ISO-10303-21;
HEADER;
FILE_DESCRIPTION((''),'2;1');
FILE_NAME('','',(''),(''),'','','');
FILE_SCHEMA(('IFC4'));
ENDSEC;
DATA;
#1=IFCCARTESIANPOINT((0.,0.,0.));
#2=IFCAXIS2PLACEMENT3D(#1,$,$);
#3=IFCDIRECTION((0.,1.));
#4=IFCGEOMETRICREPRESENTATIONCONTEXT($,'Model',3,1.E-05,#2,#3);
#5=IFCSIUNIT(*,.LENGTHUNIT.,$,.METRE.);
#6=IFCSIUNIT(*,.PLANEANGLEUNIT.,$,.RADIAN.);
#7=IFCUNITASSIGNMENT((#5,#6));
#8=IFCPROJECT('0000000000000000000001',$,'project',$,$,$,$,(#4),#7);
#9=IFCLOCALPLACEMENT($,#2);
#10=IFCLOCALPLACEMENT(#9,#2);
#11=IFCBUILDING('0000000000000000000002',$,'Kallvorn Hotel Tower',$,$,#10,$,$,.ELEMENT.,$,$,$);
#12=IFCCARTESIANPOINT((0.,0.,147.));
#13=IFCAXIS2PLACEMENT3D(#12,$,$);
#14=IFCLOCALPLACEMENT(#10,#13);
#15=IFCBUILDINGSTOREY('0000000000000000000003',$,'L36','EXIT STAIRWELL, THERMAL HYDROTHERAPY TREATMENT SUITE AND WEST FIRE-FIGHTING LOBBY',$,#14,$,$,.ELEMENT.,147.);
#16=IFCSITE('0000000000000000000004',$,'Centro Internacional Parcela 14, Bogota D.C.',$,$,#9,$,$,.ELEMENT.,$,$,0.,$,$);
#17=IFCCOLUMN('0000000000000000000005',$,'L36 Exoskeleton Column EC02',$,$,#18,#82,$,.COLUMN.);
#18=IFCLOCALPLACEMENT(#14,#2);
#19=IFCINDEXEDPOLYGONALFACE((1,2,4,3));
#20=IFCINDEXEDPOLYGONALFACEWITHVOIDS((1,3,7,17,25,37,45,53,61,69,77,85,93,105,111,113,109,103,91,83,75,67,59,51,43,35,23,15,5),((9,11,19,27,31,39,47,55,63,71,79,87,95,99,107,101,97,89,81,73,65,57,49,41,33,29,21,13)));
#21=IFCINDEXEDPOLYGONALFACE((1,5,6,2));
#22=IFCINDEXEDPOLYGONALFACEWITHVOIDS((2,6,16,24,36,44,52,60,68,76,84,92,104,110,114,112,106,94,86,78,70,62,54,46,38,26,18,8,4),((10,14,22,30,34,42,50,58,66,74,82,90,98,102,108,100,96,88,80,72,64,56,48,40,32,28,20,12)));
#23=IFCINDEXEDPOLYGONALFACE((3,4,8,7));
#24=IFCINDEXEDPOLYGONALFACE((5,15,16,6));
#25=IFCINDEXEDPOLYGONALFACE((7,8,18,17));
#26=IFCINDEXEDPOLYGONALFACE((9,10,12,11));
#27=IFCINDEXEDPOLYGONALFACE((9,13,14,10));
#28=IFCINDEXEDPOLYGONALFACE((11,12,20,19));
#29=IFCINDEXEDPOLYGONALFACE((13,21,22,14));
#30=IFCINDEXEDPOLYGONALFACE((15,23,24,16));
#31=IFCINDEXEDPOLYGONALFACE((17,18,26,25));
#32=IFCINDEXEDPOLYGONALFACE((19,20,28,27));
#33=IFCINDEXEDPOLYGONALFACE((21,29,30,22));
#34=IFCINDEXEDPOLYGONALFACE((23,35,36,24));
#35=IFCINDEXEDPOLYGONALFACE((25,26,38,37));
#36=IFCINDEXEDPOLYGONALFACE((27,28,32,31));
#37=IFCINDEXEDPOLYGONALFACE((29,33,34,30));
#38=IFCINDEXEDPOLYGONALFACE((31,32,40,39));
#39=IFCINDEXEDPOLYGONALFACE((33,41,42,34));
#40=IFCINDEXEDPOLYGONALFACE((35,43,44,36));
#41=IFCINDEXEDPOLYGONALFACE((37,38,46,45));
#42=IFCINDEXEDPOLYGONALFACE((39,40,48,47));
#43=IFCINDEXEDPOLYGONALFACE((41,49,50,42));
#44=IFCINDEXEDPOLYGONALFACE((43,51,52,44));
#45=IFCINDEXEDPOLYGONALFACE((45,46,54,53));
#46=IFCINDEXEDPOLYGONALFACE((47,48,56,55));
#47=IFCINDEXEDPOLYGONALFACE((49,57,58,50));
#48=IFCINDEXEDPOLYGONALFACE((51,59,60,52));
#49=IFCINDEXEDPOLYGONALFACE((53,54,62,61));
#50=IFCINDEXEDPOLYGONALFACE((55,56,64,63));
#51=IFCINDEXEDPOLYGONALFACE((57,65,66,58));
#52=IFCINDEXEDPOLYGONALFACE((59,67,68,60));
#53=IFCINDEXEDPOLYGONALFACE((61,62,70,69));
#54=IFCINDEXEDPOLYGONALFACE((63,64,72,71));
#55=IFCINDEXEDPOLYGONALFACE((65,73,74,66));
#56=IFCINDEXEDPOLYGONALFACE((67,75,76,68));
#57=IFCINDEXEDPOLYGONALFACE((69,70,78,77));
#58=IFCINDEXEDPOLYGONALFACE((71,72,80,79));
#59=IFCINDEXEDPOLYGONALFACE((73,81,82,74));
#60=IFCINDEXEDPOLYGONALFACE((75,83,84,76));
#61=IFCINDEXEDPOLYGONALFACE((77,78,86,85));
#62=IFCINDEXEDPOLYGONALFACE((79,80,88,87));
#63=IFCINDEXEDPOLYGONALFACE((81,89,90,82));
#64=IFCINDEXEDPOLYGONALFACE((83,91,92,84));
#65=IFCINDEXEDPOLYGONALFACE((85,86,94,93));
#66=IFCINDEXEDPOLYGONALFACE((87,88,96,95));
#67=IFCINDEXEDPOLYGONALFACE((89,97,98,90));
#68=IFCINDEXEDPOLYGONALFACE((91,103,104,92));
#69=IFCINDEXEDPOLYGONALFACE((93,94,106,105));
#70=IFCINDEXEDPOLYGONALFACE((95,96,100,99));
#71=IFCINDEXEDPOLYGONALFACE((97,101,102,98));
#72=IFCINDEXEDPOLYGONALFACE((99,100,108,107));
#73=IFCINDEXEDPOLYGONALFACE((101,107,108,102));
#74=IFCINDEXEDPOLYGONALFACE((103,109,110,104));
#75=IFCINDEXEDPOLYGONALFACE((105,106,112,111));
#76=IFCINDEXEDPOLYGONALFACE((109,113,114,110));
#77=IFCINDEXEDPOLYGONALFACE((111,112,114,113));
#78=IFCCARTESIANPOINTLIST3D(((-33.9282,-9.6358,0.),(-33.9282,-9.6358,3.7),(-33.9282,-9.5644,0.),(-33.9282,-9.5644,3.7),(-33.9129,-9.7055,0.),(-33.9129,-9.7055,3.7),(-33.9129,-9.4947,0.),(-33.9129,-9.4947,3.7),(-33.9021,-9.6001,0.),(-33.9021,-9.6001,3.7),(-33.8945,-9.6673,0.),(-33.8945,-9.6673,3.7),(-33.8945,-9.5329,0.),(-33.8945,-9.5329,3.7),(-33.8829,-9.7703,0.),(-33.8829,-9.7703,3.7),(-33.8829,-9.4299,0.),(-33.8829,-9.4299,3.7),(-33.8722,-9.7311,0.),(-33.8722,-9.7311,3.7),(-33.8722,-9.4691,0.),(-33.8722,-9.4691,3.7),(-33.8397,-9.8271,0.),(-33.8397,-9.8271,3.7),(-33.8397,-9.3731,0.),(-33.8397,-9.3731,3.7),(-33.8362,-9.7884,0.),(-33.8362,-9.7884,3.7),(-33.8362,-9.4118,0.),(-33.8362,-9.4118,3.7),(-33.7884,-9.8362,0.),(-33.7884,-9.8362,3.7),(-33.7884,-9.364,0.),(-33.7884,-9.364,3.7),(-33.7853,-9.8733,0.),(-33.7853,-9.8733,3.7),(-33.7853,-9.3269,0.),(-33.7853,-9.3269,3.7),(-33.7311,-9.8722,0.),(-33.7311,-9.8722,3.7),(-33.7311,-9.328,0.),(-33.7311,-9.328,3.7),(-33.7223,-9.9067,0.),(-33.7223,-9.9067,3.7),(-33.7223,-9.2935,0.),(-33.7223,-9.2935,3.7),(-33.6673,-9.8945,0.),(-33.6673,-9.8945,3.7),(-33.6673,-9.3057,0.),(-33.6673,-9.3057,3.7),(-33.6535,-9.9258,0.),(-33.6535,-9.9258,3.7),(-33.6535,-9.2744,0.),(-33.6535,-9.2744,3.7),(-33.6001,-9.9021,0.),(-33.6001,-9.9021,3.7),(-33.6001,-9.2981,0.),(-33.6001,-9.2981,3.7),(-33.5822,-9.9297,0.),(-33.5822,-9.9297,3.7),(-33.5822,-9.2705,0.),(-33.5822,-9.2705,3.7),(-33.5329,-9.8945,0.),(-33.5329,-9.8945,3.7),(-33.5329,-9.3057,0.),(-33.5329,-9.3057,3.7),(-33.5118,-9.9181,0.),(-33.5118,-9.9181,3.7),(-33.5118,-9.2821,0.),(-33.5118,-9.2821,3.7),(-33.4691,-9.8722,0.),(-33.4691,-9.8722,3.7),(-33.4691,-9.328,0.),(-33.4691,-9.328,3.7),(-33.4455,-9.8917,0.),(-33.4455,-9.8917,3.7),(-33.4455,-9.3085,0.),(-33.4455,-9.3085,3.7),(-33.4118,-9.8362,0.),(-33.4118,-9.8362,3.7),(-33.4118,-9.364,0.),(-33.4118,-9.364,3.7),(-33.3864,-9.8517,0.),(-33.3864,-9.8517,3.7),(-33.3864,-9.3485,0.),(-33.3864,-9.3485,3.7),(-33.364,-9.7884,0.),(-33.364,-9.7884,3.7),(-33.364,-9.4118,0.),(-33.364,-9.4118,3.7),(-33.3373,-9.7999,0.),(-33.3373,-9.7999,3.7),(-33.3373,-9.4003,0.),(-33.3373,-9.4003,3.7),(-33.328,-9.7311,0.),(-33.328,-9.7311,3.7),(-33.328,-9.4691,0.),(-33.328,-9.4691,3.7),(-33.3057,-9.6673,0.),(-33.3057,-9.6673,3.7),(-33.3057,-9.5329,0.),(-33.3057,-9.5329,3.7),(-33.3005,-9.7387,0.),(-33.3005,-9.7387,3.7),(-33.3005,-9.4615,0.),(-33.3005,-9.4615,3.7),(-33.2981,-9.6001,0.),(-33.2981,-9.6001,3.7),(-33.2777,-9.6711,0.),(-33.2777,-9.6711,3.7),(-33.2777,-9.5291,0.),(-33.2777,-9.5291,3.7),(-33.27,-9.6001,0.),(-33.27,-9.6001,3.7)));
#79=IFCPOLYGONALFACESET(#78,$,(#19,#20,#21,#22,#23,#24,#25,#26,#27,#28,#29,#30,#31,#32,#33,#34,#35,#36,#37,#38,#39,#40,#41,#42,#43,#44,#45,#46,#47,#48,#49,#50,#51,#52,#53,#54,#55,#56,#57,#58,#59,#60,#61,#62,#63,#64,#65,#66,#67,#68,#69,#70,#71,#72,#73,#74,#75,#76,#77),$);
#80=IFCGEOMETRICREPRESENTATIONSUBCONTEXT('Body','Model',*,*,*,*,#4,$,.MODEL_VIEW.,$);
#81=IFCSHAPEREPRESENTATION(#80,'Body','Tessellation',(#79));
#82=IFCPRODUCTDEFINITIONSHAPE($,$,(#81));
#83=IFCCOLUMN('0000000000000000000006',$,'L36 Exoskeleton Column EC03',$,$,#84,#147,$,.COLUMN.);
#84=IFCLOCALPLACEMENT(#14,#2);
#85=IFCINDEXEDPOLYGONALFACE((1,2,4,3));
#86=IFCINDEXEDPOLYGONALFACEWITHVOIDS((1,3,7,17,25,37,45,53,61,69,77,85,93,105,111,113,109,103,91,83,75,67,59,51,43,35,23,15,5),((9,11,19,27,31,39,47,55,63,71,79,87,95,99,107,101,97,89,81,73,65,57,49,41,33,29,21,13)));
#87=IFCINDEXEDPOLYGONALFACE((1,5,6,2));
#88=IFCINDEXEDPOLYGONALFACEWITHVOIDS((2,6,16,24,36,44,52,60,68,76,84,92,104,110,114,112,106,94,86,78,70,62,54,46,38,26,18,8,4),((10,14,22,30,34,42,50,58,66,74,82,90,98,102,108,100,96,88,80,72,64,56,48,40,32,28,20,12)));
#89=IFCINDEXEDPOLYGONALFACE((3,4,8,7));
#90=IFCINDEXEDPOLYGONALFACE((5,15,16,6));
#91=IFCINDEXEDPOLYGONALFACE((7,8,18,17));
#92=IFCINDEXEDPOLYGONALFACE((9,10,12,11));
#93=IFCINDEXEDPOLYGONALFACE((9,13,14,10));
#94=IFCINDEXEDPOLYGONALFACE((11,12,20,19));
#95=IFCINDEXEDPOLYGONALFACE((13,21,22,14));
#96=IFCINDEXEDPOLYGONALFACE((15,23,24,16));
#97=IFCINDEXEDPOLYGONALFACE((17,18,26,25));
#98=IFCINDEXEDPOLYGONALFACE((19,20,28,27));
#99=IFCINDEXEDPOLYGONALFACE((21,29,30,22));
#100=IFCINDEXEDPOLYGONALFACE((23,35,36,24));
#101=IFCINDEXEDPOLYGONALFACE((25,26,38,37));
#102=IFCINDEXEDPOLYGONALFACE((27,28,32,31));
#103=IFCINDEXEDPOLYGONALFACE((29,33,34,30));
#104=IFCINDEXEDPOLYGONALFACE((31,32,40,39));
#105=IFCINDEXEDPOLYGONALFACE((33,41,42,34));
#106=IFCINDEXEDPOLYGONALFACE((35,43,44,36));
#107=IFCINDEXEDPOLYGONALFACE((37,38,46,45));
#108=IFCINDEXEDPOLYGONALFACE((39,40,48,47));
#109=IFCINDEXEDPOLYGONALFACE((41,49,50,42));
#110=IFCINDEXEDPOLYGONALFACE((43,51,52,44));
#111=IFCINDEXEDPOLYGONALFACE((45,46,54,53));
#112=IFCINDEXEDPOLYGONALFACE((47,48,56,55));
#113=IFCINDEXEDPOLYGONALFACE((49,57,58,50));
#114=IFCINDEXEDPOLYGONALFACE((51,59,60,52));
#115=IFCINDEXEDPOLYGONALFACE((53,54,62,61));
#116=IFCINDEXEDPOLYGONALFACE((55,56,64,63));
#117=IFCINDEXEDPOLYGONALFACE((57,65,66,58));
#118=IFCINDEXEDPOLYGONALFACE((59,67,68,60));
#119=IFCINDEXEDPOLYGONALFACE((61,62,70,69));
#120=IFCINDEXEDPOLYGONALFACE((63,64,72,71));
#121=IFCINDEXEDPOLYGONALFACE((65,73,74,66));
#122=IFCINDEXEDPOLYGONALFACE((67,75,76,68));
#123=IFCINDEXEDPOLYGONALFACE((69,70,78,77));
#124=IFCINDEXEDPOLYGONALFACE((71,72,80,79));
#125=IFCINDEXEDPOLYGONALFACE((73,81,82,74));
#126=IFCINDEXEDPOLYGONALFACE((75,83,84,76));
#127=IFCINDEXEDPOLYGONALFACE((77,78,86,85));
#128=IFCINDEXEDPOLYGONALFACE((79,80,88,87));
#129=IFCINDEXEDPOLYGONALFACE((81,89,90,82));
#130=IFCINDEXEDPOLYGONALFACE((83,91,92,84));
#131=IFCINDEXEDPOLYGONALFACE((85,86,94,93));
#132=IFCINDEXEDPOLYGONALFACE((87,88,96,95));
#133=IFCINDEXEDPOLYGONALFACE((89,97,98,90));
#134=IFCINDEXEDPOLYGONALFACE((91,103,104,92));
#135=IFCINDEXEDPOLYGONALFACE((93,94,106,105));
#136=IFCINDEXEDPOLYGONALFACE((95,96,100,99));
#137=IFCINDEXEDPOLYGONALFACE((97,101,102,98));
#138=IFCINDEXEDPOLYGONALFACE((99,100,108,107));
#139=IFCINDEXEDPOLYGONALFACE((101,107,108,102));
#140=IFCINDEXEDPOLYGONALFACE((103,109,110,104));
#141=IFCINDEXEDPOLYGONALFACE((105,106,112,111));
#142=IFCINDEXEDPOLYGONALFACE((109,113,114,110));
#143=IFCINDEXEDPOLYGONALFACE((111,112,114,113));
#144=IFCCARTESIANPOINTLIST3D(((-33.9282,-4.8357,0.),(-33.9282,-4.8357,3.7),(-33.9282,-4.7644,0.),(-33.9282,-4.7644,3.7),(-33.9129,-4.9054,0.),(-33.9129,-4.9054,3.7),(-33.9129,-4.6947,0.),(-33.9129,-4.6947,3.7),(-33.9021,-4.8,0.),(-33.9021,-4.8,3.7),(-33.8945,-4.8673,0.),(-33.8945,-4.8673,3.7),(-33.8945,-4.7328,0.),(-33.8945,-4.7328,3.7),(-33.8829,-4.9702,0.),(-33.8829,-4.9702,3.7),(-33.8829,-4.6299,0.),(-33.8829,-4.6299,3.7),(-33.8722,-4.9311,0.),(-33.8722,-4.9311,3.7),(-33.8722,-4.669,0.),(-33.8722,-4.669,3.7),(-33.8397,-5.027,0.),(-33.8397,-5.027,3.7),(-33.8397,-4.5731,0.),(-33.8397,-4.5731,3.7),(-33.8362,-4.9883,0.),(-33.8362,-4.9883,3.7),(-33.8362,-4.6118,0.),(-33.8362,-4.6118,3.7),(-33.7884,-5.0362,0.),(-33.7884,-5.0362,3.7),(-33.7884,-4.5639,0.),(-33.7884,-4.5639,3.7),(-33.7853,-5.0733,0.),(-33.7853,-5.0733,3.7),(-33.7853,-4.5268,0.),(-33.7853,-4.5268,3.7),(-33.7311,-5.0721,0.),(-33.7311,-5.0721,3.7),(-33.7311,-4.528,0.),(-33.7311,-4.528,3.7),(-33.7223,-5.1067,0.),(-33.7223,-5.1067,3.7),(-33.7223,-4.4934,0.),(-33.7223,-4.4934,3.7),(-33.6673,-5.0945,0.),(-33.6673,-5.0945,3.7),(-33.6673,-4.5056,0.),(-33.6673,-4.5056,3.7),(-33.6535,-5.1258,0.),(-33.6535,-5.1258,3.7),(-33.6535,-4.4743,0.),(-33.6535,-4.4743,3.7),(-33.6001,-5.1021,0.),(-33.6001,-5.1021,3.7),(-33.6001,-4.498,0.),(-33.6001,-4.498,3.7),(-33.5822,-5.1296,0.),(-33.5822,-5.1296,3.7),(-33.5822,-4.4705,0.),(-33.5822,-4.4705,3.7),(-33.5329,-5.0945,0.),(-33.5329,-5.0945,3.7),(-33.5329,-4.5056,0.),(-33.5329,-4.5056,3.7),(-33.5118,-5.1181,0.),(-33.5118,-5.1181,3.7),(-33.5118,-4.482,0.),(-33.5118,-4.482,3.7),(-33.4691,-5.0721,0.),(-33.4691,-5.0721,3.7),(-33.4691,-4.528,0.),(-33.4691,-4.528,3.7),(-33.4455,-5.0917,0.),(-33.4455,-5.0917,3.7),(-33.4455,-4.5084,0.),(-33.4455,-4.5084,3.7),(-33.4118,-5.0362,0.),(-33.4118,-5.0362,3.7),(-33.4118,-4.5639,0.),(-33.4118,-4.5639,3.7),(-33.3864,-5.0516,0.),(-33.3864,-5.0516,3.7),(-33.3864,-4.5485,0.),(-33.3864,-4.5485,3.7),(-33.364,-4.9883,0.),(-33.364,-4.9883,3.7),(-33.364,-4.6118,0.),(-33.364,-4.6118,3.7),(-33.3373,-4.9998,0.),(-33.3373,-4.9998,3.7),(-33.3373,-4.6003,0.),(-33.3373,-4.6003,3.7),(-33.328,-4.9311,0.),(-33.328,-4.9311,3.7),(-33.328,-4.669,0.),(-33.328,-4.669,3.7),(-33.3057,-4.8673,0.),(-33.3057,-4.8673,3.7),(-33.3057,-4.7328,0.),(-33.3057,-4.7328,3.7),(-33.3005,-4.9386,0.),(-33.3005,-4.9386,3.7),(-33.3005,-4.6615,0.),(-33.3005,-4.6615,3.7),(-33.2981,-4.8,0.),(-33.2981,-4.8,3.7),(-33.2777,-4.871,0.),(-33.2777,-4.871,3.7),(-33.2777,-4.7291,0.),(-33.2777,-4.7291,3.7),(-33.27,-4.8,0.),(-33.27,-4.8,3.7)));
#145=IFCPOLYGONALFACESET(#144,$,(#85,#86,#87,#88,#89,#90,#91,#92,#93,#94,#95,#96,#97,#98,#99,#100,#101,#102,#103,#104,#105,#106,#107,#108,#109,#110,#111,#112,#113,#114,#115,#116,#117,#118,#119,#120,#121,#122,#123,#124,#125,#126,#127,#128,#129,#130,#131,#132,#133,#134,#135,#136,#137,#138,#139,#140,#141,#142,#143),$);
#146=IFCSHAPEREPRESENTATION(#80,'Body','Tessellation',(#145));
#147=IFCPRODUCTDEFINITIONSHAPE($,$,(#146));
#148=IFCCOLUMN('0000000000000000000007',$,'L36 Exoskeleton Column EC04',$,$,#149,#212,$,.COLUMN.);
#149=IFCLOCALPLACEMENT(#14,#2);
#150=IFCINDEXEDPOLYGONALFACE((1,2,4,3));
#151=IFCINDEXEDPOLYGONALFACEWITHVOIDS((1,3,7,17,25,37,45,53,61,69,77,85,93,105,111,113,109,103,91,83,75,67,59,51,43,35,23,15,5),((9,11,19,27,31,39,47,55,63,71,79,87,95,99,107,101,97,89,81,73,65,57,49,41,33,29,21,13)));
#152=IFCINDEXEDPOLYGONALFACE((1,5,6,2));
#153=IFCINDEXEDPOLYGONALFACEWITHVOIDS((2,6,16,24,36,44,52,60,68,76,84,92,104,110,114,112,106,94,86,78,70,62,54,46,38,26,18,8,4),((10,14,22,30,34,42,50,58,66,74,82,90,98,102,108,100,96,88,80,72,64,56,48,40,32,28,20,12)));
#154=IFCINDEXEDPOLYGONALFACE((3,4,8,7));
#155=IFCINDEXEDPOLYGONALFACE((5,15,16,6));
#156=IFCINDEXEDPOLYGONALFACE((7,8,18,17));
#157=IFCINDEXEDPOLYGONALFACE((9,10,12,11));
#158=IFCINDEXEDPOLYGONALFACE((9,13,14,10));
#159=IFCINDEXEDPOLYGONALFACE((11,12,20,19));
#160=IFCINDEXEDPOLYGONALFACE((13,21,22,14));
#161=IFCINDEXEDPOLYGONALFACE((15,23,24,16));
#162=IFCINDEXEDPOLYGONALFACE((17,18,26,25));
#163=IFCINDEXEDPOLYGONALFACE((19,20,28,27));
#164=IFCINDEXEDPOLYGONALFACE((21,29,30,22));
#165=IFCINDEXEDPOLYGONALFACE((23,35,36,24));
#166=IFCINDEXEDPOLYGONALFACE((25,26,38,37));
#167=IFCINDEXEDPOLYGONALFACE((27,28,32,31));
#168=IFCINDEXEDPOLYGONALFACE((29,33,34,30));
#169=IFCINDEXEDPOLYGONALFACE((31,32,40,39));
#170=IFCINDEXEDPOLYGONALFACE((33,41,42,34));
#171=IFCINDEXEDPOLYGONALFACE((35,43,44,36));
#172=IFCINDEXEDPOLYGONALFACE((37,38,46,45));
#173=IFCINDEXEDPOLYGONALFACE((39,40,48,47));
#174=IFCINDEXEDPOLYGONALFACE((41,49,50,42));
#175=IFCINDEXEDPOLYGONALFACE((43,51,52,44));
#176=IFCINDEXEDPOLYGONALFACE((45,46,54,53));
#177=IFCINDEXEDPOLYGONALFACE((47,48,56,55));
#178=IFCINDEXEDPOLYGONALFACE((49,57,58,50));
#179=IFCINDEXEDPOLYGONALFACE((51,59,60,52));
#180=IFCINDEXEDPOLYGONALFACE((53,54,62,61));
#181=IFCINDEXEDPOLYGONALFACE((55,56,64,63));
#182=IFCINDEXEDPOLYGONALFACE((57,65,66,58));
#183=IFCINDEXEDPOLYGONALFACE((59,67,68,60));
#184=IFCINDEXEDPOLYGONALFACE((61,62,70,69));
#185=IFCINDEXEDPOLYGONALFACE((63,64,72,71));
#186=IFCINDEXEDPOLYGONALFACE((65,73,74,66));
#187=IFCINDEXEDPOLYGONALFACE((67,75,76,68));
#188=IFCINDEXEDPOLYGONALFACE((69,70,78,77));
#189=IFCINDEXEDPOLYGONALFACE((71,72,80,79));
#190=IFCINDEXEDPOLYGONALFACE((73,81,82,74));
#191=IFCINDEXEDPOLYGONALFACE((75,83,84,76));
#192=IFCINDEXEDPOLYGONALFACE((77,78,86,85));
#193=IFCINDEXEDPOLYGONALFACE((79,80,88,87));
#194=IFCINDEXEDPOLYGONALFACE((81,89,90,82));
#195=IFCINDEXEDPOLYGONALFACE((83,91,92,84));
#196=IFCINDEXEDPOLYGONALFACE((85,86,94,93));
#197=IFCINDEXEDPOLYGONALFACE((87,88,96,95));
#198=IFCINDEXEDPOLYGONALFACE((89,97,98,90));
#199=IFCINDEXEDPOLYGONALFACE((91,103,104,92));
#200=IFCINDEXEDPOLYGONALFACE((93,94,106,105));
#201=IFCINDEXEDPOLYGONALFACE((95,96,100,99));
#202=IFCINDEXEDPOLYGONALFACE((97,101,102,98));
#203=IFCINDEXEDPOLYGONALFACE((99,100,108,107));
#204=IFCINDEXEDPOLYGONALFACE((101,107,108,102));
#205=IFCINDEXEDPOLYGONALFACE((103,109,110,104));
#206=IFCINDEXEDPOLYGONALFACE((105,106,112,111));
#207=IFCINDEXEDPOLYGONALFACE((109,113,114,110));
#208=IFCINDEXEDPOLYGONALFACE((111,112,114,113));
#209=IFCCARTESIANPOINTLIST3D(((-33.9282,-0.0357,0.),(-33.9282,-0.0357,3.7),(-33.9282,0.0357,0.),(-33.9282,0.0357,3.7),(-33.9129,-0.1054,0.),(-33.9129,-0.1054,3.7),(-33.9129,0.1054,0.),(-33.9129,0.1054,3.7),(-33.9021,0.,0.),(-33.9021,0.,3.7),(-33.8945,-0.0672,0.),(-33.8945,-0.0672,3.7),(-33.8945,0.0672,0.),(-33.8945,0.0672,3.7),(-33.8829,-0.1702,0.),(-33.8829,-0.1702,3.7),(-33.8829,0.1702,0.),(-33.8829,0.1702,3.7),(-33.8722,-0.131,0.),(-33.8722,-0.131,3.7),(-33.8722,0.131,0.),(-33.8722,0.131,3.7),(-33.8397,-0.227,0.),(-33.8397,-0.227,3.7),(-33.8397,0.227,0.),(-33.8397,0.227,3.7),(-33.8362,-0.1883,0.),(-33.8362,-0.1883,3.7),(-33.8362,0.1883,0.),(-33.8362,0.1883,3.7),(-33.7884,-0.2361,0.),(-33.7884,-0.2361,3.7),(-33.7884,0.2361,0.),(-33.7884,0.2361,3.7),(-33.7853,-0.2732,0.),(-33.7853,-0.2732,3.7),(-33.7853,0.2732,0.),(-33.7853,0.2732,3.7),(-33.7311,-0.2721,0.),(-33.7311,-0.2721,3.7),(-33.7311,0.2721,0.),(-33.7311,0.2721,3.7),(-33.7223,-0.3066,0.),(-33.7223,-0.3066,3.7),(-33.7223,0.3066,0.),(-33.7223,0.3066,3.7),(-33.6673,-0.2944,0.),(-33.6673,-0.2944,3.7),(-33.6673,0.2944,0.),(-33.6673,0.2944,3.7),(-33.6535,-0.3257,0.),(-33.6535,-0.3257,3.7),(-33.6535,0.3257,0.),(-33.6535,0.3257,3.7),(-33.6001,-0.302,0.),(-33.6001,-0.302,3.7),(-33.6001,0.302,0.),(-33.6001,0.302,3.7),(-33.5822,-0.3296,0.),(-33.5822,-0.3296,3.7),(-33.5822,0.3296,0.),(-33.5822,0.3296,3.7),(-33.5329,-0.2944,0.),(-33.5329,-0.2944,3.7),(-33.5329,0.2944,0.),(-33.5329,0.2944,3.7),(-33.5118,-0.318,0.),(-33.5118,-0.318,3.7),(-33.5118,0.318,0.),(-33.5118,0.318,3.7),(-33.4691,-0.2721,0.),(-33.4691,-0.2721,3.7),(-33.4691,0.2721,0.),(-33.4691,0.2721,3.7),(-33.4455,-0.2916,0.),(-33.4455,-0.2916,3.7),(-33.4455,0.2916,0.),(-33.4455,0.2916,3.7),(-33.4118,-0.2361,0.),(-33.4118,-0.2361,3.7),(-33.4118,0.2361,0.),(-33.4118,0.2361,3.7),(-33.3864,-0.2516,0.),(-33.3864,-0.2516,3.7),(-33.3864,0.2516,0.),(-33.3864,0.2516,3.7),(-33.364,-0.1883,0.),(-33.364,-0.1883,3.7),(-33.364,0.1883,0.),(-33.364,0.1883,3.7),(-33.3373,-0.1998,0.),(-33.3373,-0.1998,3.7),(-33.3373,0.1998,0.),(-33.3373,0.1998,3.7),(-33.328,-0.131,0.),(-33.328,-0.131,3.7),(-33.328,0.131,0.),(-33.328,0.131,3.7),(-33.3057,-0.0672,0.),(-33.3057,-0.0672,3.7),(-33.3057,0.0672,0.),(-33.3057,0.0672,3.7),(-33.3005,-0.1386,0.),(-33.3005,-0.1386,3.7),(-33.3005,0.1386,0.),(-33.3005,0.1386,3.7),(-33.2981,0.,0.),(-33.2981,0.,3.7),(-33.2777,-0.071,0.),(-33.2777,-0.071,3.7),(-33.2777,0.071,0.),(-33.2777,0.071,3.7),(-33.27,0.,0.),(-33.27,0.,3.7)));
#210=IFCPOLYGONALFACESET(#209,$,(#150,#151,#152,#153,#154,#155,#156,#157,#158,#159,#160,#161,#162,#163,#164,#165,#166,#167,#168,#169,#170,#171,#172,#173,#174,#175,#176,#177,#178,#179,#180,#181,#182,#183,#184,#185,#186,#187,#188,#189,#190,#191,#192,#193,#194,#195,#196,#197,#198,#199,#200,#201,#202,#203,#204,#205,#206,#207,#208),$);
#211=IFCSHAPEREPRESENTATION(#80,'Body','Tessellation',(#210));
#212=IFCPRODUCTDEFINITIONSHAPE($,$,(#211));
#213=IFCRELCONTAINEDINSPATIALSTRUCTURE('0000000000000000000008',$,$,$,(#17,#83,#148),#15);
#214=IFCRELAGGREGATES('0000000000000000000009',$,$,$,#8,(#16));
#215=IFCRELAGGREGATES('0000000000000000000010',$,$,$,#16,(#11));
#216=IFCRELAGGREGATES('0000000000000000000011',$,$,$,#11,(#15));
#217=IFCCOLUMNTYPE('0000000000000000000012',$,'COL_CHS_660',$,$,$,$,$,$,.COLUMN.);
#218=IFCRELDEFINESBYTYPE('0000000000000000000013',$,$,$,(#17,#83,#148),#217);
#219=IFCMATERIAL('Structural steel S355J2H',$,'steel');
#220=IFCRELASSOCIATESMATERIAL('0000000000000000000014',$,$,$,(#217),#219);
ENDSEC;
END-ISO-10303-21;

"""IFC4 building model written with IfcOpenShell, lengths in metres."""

from ifc_helpers import new_model, si_unit, direction, frame, origin, origin_2d, place, context, subcontext, project, spatial, hollow_circle, extrude, material, material_profile, profile_set, type_object, element, save


model = new_model("IFC4")

# Units and contexts
model_context = context("Model", 3, precision=1e-05, world=origin(), true_north=direction((0.0, 1.0)))
body_context = subcontext(model_context, "Body", "Model", "MODEL_VIEW")
ifc_project = project(units=[si_unit("LENGTHUNIT", "METRE"), si_unit("PLANEANGLEUNIT", "RADIAN")], contexts=[model_context])

# Site, building, storey
site_placement = place(None, origin())
site = spatial("IfcSite", under=ifc_project, at=site_placement, Name="Centro Internacional Parcela 14, Bogota D.C.", CompositionType="ELEMENT", RefElevation=0.0)
building_placement = place(site_placement, origin())
building = spatial("IfcBuilding", under=site, at=building_placement, Name="Kallvorn Hotel Tower", CompositionType="ELEMENT")
storey_placement = place(building_placement, frame((0.0, 0.0, 147.0)))
storey = spatial("IfcBuildingStorey", under=building, at=storey_placement, Name="L36", Description="EXIT STAIRWELL, THERMAL HYDROTHERAPY TREATMENT SUITE AND WEST FIRE-FIGHTING LOBBY", CompositionType="ELEMENT", Elevation=147.0)

# Columns
ifc_material_1 = material(Name="Structural steel S355J2H", Category="steel")
ifc_material_profile_1 = material_profile(ifc_material_1, hollow_circle(Radius=0.3301, WallThickness=0.0281, at=origin_2d()), Name="CHS 660x28")
ifc_profile_set_1 = profile_set([ifc_material_profile_1], Name="Structural steel S355J2H")
column_type_1 = type_object("IfcColumnType", Name="COL_CHS_660", PredefinedType="COLUMN", material=ifc_profile_set_1)
for number, where, z_axis, x_axis, name in (
    (1, (-33.6001, -9.6001, 0.0), (0.0, 0.0, 1.0), (1.0, 0.0, 0.0), "L36 Exoskeleton Column EC02"),
    (2, (-33.6001, -4.8, 0.0), (0.0, 0.0, 1.0), (1.0, 0.0, 0.0), "L36 Exoskeleton Column EC03"),
    (3, (-33.6001, 0.0, 0.0), (0.0, 0.0, 1.0), (1.0, 0.0, 0.0), "L36 Exoskeleton Column EC04"),
):
    element("IfcColumn", number, at=place(storey_placement, frame(where, z_axis=z_axis, x_axis=x_axis)), inside=storey, type_object=column_type_1, Name=name, PredefinedType="COLUMN", context=body_context, shape_type="SweptSolid", body=[
        extrude(hollow_circle(Radius=0.3301, WallThickness=0.0281, at=origin_2d()), origin(), (0.0, 0.0, 1.0), 3.7),
    ])

save(model, "model.ifc")
